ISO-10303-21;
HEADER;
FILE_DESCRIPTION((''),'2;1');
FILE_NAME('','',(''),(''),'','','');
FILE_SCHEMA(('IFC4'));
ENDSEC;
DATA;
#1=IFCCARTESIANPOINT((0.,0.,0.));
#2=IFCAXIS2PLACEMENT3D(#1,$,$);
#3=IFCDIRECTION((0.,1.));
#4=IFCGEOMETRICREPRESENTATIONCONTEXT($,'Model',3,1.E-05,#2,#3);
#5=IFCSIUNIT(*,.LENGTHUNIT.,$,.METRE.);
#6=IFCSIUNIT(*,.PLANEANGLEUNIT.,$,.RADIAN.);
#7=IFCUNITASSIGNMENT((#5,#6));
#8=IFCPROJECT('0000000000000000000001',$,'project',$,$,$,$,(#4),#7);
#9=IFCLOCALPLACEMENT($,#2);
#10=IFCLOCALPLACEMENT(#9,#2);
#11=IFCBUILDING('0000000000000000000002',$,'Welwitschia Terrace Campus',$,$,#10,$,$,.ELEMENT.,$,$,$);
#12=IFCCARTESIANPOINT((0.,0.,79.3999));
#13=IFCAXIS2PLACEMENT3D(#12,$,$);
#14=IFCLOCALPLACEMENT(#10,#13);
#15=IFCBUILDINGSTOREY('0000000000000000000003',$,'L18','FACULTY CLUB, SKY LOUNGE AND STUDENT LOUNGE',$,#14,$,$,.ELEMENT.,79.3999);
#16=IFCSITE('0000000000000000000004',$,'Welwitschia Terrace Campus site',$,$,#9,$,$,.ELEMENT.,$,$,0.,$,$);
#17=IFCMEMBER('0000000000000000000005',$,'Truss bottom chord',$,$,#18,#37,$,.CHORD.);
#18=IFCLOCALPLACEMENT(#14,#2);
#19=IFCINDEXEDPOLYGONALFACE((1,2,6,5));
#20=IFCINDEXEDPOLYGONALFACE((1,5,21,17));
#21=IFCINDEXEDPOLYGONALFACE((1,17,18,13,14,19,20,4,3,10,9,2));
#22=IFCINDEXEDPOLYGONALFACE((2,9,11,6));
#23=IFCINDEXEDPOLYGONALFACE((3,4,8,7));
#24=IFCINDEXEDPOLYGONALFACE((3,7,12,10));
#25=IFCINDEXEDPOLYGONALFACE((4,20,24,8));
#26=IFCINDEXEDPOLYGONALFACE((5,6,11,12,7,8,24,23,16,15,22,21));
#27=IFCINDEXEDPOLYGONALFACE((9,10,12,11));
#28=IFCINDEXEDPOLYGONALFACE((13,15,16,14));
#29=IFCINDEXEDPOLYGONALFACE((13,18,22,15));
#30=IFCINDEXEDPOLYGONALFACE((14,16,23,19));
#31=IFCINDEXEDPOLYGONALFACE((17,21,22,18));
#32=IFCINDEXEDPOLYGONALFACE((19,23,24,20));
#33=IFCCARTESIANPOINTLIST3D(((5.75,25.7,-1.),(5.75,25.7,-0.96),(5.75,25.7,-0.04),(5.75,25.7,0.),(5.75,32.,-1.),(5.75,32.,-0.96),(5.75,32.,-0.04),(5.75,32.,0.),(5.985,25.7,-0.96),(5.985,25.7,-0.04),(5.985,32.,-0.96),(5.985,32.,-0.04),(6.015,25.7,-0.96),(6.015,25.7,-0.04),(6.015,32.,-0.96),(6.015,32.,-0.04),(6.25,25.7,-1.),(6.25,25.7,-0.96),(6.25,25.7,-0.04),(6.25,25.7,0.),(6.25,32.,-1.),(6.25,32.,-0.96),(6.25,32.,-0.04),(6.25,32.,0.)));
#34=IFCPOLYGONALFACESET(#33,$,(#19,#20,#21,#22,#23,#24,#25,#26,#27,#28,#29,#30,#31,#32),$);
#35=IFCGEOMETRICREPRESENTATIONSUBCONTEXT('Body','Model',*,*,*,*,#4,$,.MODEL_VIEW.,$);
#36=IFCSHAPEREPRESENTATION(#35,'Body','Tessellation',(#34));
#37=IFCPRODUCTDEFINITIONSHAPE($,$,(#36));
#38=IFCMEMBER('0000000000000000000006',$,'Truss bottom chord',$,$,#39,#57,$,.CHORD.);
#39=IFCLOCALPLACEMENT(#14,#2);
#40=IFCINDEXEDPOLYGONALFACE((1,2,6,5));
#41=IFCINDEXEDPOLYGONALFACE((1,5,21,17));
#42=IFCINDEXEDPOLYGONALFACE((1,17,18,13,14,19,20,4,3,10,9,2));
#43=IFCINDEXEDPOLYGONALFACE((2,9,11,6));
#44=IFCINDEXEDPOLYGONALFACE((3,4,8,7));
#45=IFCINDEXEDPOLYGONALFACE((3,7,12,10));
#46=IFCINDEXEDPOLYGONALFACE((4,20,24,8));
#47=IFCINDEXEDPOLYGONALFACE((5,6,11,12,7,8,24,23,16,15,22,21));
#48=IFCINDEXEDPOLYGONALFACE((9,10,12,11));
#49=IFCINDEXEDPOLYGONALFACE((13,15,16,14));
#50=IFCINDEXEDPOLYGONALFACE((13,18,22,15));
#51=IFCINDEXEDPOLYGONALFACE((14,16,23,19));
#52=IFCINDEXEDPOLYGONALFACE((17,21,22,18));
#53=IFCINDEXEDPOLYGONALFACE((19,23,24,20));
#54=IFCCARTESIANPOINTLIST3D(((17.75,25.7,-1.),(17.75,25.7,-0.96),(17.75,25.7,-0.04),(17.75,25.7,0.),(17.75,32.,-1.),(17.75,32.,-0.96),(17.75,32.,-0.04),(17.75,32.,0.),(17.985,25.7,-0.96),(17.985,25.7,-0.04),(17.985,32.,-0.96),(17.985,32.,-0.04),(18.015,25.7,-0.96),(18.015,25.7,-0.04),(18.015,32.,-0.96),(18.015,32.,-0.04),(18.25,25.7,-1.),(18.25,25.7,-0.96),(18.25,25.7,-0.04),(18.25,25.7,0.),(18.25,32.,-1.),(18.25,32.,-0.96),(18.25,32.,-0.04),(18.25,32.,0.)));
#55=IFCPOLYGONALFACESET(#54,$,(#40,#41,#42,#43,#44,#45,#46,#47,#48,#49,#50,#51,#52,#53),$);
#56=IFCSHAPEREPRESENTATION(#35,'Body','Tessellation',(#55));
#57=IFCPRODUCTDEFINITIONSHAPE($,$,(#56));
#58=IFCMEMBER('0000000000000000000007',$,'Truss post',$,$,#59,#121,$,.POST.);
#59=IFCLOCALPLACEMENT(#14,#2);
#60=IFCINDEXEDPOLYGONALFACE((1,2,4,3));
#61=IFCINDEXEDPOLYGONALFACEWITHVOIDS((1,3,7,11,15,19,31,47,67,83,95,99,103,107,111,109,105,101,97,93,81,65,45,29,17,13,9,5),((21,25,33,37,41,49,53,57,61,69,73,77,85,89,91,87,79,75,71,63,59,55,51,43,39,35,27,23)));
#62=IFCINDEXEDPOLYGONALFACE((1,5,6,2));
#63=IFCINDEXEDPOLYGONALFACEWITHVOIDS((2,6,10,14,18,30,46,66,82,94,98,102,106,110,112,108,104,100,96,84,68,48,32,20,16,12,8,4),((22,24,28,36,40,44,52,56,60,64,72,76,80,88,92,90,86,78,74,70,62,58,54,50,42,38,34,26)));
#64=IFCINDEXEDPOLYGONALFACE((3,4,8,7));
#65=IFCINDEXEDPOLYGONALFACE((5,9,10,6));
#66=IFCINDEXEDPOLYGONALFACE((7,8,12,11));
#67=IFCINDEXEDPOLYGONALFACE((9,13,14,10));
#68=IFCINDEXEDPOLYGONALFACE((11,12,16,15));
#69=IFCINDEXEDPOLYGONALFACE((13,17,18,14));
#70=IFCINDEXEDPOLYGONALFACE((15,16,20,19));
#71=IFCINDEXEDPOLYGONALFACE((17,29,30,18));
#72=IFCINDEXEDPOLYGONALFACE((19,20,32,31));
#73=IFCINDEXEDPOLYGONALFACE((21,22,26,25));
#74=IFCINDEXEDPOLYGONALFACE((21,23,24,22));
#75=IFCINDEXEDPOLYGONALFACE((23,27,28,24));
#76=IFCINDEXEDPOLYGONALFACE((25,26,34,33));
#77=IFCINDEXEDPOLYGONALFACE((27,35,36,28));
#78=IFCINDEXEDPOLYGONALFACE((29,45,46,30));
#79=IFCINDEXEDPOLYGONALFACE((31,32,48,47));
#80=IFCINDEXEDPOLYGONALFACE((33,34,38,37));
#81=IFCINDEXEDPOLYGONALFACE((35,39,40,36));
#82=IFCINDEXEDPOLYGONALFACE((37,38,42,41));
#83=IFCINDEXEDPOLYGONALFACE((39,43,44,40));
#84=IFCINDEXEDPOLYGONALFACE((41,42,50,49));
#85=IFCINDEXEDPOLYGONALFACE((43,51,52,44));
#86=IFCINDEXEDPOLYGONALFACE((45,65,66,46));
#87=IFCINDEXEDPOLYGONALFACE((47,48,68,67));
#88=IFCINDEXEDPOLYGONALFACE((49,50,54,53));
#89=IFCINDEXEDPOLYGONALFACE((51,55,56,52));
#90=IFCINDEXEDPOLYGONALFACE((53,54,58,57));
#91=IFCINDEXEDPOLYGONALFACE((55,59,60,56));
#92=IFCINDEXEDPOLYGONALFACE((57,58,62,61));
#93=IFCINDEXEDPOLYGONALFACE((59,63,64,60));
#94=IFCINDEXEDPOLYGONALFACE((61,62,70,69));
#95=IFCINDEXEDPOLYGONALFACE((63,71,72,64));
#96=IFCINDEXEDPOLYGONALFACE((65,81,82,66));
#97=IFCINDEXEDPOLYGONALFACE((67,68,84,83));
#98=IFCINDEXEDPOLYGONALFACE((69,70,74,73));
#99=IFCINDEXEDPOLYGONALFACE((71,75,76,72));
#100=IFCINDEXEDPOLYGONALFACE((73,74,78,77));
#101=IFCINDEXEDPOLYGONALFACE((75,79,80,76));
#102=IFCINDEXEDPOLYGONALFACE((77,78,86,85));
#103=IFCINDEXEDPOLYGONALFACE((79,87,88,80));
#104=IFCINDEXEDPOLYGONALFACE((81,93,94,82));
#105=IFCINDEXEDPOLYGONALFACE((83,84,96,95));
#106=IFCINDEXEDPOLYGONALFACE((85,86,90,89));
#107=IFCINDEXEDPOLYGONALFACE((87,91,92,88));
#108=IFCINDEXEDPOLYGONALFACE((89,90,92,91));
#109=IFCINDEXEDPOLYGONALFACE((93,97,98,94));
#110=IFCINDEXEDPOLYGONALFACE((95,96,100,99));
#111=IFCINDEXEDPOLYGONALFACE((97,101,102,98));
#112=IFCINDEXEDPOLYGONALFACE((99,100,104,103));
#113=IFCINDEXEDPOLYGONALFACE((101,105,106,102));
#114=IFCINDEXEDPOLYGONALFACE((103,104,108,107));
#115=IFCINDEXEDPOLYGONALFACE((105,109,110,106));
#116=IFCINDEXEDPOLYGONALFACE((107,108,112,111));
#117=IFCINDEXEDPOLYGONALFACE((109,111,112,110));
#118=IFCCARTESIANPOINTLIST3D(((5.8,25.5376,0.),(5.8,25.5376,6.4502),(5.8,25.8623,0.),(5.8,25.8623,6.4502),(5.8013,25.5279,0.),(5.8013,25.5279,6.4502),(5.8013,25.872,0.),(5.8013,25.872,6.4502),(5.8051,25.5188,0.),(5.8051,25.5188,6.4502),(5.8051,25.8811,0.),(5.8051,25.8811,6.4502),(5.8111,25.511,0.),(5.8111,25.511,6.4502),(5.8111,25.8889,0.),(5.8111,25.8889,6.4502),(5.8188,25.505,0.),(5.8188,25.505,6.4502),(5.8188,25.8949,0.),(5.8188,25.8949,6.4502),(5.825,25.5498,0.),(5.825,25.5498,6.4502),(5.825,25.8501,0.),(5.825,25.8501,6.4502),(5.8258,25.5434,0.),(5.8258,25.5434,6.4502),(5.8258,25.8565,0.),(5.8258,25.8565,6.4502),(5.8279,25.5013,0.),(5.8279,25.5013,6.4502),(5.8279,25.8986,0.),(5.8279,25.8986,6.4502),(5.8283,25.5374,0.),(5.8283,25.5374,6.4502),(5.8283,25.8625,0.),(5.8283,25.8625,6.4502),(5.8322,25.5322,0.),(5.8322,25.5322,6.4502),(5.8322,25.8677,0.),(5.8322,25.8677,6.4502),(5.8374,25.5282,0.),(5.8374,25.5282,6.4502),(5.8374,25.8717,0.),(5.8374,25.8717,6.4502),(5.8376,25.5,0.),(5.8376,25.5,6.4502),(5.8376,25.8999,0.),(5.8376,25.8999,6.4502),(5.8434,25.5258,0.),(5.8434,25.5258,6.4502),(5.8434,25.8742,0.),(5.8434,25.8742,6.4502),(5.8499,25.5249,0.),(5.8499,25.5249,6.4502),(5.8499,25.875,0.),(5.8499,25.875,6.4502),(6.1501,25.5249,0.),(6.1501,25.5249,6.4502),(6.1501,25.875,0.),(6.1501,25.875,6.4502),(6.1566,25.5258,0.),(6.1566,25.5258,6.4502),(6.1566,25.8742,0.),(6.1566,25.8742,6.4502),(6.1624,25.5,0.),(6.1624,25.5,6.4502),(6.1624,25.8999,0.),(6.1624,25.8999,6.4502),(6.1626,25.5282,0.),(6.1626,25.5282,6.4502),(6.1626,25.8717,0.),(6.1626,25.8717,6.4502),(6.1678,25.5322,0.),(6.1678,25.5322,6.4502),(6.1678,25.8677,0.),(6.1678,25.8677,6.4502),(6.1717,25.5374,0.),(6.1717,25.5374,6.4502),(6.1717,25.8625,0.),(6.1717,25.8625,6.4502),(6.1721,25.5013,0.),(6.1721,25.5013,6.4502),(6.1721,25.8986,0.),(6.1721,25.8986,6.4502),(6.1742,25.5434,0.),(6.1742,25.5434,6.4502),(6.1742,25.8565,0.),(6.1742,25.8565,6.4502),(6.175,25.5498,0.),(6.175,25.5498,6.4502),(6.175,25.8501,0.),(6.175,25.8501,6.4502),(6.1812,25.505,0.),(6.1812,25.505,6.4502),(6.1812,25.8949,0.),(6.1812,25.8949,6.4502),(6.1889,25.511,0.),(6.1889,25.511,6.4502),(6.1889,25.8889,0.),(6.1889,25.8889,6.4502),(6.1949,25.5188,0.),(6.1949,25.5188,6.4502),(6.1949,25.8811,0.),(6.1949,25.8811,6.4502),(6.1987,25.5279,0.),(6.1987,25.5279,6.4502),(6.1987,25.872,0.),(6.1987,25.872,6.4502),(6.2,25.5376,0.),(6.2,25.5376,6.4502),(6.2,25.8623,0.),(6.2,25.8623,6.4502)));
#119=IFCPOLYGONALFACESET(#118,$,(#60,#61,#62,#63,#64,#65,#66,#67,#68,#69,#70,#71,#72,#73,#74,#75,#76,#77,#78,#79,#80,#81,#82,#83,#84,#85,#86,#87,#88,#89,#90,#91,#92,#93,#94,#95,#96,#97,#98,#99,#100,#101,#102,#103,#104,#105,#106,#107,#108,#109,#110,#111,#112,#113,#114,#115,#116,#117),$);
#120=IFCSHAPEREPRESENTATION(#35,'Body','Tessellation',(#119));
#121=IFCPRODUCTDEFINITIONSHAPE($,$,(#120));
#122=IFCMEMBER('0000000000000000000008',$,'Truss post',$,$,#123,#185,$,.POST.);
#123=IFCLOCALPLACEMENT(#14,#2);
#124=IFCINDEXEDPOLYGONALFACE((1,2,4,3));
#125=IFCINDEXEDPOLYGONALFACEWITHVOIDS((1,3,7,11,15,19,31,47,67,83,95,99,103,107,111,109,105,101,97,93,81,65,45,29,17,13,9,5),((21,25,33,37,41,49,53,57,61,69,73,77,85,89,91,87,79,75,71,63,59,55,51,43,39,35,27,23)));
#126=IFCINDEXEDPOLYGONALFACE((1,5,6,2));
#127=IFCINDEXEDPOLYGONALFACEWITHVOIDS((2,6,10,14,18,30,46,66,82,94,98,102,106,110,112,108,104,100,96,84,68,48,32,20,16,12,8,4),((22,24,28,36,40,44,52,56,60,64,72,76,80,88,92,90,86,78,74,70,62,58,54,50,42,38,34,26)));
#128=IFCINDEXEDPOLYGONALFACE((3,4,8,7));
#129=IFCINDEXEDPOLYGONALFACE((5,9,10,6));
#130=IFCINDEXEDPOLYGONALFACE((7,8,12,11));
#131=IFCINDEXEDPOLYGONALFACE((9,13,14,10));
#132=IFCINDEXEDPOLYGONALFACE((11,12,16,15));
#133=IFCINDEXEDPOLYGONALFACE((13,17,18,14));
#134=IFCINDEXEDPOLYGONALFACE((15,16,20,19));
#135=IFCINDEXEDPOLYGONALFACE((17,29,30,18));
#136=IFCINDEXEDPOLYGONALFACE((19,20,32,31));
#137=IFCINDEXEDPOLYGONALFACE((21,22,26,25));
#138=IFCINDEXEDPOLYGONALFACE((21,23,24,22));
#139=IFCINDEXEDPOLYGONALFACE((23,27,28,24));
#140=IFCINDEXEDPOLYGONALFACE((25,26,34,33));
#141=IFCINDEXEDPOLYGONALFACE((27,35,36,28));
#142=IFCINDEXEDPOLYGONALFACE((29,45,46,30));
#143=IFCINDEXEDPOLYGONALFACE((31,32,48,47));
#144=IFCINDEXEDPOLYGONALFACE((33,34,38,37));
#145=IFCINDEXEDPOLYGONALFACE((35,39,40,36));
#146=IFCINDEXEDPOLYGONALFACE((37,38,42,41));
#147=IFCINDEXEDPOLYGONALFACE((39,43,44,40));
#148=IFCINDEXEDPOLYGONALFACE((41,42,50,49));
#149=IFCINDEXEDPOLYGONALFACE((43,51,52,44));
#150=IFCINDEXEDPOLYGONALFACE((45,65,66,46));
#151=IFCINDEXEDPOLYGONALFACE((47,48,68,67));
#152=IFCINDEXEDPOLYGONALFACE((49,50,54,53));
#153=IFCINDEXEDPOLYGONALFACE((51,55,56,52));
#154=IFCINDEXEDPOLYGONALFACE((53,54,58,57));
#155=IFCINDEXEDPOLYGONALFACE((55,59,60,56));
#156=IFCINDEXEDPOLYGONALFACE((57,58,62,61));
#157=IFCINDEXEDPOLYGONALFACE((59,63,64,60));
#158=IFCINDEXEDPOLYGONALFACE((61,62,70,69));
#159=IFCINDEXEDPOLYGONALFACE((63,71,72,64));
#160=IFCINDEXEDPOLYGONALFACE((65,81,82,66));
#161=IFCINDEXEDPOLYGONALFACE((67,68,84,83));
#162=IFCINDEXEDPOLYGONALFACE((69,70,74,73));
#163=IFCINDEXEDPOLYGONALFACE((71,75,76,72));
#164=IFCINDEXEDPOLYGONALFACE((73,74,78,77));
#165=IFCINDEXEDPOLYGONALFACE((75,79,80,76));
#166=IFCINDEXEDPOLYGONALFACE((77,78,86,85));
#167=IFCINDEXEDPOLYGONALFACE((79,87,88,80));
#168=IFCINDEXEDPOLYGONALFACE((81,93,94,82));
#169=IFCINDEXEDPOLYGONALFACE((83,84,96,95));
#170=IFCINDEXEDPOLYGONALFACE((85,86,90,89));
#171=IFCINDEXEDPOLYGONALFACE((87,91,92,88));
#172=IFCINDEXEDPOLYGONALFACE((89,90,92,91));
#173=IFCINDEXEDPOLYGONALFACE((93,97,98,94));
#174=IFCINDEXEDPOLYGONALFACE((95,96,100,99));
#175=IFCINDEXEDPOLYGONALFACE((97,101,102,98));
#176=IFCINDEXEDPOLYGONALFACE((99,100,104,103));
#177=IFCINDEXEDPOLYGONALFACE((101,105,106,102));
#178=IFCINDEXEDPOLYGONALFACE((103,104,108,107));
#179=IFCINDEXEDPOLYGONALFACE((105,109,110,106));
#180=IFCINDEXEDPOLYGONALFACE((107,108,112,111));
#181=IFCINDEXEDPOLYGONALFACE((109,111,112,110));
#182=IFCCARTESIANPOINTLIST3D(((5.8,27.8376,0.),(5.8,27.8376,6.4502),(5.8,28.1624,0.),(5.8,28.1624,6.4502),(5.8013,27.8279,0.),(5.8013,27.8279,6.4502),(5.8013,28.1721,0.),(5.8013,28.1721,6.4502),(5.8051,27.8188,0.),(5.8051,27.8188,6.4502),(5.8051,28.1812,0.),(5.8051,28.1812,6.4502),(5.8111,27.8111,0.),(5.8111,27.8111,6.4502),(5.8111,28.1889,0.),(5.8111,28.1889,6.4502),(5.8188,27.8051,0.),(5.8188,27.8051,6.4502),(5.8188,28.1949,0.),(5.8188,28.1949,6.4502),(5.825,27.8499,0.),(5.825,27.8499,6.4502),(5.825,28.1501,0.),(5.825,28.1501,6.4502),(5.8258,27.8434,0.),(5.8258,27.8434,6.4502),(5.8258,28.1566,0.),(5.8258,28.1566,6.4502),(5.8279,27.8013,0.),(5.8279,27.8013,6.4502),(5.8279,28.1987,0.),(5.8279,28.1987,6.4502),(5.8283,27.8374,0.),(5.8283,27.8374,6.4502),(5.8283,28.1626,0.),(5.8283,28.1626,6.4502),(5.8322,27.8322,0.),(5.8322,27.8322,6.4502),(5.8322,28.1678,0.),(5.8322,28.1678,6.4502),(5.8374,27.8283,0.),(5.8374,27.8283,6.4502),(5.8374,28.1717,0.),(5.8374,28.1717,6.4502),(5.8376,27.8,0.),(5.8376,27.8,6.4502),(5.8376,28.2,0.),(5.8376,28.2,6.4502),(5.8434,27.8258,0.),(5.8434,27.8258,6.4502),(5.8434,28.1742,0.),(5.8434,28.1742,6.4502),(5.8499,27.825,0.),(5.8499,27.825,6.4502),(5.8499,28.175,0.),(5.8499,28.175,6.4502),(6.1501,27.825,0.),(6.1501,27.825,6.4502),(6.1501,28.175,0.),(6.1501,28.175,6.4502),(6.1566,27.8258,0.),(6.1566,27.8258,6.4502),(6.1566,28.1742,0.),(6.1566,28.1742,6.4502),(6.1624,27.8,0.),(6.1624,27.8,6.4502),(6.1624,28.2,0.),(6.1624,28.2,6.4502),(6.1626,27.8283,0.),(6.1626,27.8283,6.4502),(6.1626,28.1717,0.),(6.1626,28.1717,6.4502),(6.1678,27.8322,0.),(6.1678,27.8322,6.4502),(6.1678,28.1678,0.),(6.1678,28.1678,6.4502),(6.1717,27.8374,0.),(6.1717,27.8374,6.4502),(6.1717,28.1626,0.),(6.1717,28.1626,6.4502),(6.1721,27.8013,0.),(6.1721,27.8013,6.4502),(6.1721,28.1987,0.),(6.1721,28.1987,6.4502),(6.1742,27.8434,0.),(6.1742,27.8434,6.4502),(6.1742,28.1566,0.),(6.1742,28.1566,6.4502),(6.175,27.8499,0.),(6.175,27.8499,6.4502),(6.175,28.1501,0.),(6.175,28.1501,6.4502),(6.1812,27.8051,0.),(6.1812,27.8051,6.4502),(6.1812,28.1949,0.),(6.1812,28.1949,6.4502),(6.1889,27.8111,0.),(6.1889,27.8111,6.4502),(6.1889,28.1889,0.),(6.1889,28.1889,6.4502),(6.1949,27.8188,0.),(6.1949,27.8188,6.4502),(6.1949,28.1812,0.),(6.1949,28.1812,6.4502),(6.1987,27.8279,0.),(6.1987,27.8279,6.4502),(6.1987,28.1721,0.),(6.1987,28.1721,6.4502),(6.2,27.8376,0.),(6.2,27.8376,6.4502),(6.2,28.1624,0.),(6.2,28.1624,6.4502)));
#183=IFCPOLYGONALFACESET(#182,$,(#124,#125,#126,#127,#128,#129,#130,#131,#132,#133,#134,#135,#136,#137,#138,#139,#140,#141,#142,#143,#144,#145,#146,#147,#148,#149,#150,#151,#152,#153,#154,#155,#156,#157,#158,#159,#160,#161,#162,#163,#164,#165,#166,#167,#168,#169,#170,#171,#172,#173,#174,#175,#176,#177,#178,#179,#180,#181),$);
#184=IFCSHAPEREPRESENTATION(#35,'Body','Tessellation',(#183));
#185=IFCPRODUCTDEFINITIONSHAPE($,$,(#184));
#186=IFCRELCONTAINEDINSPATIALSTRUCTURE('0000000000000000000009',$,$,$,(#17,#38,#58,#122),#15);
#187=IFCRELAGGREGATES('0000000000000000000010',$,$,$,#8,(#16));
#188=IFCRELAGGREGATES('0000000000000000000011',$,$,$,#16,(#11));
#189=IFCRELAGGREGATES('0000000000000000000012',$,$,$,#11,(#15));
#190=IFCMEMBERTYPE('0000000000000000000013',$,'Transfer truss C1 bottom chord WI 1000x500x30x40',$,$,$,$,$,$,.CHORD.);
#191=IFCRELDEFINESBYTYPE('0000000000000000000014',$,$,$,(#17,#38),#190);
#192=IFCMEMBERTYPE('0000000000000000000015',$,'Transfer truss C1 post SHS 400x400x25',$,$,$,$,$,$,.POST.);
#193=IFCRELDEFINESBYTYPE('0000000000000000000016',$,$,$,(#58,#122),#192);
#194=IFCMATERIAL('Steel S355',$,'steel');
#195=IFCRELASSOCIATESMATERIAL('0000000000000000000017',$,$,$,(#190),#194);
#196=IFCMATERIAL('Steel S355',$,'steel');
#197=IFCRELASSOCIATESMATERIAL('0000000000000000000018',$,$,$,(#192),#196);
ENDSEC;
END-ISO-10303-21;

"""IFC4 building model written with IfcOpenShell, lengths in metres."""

from ifc_helpers import new_model, si_unit, direction, frame, origin, origin_2d, place, context, subcontext, project, spatial, hollow_rectangle, i_section, extrude, material, material_profile, profile_set, type_object, element, save


model = new_model("IFC4")

# Units and contexts
model_context = context("Model", 3, precision=1e-05, world=origin(), true_north=direction((0.0, 1.0)))
body_context = subcontext(model_context, "Body", "Model", "MODEL_VIEW")
ifc_project = project(units=[si_unit("LENGTHUNIT", "METRE"), si_unit("PLANEANGLEUNIT", "RADIAN")], contexts=[model_context])

# Site, building, storey
site_placement = place(None, origin())
site = spatial("IfcSite", under=ifc_project, at=site_placement, Name="Welwitschia Terrace Campus site", CompositionType="ELEMENT", RefElevation=0.0)
building_placement = place(site_placement, origin())
building = spatial("IfcBuilding", under=site, at=building_placement, Name="Welwitschia Terrace Campus", CompositionType="ELEMENT")
storey_placement = place(building_placement, frame((0.0, 0.0, 79.3999)))
storey = spatial("IfcBuildingStorey", under=building, at=storey_placement, Name="L18", Description="FACULTY CLUB, SKY LOUNGE AND STUDENT LOUNGE", CompositionType="ELEMENT", Elevation=79.3999)

# Members
ifc_material_1 = material(Name="Steel S355", Category="steel")
ifc_material_profile_1 = material_profile(ifc_material_1, i_section(OverallWidth=0.5, OverallDepth=1.0, WebThickness=0.03, FlangeThickness=0.04, at=origin_2d()))
ifc_profile_set_1 = profile_set([ifc_material_profile_1], Name="Steel S355")
member_type_1 = type_object("IfcMemberType", Name="Transfer truss C1 bottom chord WI 1000x500x30x40", PredefinedType="CHORD", material=ifc_profile_set_1)
for number, where, z_axis, x_axis, name in (
    (1, (6.0, 25.7, -0.5), (0.0, 1.0, 0.0), (-1.0, 0.0, 0.0), "Truss bottom chord"),
    (2, (18.0, 25.7, -0.5), (0.0, 1.0, 0.0), (-1.0, 0.0, 0.0), "Truss bottom chord"),
):
    element("IfcMember", number, at=place(storey_placement, frame(where, z_axis=z_axis, x_axis=x_axis)), inside=storey, type_object=member_type_1, Name=name, PredefinedType="CHORD", context=body_context, shape_type="SweptSolid", body=[
        extrude(i_section(OverallWidth=0.5, OverallDepth=1.0, WebThickness=0.03, FlangeThickness=0.04, at=origin_2d()), origin(), (0.0, 0.0, 1.0), 6.3),
    ])
ifc_material_2 = material(Name="Steel S355", Category="steel")
ifc_material_profile_2 = material_profile(ifc_material_2, hollow_rectangle(XDim=0.3999, YDim=0.3999, WallThickness=0.0249, InnerFilletRadius=0.0249, OuterFilletRadius=0.0376, at=origin_2d()))
ifc_profile_set_2 = profile_set([ifc_material_profile_2], Name="Steel S355")
member_type_2 = type_object("IfcMemberType", Name="Transfer truss C1 post SHS 400x400x25", PredefinedType="POST", material=ifc_profile_set_2)
for number, where, z_axis, x_axis, name in (
    (3, (6.0, 25.7, 0.0), (0.0, 0.0, 1.0), (1.0, 0.0, 0.0), "Truss post"),
    (4, (6.0, 28.0, 0.0), (0.0, 0.0, 1.0), (1.0, 0.0, 0.0), "Truss post"),
):
    element("IfcMember", number, at=place(storey_placement, frame(where, z_axis=z_axis, x_axis=x_axis)), inside=storey, type_object=member_type_2, Name=name, PredefinedType="POST", context=body_context, shape_type="SweptSolid", body=[
        extrude(hollow_rectangle(XDim=0.3999, YDim=0.3999, WallThickness=0.0249, InnerFilletRadius=0.0249, OuterFilletRadius=0.0376, at=origin_2d()), origin(), (0.0, 0.0, 1.0), 6.4502),
    ])

save(model, "model.ifc")
